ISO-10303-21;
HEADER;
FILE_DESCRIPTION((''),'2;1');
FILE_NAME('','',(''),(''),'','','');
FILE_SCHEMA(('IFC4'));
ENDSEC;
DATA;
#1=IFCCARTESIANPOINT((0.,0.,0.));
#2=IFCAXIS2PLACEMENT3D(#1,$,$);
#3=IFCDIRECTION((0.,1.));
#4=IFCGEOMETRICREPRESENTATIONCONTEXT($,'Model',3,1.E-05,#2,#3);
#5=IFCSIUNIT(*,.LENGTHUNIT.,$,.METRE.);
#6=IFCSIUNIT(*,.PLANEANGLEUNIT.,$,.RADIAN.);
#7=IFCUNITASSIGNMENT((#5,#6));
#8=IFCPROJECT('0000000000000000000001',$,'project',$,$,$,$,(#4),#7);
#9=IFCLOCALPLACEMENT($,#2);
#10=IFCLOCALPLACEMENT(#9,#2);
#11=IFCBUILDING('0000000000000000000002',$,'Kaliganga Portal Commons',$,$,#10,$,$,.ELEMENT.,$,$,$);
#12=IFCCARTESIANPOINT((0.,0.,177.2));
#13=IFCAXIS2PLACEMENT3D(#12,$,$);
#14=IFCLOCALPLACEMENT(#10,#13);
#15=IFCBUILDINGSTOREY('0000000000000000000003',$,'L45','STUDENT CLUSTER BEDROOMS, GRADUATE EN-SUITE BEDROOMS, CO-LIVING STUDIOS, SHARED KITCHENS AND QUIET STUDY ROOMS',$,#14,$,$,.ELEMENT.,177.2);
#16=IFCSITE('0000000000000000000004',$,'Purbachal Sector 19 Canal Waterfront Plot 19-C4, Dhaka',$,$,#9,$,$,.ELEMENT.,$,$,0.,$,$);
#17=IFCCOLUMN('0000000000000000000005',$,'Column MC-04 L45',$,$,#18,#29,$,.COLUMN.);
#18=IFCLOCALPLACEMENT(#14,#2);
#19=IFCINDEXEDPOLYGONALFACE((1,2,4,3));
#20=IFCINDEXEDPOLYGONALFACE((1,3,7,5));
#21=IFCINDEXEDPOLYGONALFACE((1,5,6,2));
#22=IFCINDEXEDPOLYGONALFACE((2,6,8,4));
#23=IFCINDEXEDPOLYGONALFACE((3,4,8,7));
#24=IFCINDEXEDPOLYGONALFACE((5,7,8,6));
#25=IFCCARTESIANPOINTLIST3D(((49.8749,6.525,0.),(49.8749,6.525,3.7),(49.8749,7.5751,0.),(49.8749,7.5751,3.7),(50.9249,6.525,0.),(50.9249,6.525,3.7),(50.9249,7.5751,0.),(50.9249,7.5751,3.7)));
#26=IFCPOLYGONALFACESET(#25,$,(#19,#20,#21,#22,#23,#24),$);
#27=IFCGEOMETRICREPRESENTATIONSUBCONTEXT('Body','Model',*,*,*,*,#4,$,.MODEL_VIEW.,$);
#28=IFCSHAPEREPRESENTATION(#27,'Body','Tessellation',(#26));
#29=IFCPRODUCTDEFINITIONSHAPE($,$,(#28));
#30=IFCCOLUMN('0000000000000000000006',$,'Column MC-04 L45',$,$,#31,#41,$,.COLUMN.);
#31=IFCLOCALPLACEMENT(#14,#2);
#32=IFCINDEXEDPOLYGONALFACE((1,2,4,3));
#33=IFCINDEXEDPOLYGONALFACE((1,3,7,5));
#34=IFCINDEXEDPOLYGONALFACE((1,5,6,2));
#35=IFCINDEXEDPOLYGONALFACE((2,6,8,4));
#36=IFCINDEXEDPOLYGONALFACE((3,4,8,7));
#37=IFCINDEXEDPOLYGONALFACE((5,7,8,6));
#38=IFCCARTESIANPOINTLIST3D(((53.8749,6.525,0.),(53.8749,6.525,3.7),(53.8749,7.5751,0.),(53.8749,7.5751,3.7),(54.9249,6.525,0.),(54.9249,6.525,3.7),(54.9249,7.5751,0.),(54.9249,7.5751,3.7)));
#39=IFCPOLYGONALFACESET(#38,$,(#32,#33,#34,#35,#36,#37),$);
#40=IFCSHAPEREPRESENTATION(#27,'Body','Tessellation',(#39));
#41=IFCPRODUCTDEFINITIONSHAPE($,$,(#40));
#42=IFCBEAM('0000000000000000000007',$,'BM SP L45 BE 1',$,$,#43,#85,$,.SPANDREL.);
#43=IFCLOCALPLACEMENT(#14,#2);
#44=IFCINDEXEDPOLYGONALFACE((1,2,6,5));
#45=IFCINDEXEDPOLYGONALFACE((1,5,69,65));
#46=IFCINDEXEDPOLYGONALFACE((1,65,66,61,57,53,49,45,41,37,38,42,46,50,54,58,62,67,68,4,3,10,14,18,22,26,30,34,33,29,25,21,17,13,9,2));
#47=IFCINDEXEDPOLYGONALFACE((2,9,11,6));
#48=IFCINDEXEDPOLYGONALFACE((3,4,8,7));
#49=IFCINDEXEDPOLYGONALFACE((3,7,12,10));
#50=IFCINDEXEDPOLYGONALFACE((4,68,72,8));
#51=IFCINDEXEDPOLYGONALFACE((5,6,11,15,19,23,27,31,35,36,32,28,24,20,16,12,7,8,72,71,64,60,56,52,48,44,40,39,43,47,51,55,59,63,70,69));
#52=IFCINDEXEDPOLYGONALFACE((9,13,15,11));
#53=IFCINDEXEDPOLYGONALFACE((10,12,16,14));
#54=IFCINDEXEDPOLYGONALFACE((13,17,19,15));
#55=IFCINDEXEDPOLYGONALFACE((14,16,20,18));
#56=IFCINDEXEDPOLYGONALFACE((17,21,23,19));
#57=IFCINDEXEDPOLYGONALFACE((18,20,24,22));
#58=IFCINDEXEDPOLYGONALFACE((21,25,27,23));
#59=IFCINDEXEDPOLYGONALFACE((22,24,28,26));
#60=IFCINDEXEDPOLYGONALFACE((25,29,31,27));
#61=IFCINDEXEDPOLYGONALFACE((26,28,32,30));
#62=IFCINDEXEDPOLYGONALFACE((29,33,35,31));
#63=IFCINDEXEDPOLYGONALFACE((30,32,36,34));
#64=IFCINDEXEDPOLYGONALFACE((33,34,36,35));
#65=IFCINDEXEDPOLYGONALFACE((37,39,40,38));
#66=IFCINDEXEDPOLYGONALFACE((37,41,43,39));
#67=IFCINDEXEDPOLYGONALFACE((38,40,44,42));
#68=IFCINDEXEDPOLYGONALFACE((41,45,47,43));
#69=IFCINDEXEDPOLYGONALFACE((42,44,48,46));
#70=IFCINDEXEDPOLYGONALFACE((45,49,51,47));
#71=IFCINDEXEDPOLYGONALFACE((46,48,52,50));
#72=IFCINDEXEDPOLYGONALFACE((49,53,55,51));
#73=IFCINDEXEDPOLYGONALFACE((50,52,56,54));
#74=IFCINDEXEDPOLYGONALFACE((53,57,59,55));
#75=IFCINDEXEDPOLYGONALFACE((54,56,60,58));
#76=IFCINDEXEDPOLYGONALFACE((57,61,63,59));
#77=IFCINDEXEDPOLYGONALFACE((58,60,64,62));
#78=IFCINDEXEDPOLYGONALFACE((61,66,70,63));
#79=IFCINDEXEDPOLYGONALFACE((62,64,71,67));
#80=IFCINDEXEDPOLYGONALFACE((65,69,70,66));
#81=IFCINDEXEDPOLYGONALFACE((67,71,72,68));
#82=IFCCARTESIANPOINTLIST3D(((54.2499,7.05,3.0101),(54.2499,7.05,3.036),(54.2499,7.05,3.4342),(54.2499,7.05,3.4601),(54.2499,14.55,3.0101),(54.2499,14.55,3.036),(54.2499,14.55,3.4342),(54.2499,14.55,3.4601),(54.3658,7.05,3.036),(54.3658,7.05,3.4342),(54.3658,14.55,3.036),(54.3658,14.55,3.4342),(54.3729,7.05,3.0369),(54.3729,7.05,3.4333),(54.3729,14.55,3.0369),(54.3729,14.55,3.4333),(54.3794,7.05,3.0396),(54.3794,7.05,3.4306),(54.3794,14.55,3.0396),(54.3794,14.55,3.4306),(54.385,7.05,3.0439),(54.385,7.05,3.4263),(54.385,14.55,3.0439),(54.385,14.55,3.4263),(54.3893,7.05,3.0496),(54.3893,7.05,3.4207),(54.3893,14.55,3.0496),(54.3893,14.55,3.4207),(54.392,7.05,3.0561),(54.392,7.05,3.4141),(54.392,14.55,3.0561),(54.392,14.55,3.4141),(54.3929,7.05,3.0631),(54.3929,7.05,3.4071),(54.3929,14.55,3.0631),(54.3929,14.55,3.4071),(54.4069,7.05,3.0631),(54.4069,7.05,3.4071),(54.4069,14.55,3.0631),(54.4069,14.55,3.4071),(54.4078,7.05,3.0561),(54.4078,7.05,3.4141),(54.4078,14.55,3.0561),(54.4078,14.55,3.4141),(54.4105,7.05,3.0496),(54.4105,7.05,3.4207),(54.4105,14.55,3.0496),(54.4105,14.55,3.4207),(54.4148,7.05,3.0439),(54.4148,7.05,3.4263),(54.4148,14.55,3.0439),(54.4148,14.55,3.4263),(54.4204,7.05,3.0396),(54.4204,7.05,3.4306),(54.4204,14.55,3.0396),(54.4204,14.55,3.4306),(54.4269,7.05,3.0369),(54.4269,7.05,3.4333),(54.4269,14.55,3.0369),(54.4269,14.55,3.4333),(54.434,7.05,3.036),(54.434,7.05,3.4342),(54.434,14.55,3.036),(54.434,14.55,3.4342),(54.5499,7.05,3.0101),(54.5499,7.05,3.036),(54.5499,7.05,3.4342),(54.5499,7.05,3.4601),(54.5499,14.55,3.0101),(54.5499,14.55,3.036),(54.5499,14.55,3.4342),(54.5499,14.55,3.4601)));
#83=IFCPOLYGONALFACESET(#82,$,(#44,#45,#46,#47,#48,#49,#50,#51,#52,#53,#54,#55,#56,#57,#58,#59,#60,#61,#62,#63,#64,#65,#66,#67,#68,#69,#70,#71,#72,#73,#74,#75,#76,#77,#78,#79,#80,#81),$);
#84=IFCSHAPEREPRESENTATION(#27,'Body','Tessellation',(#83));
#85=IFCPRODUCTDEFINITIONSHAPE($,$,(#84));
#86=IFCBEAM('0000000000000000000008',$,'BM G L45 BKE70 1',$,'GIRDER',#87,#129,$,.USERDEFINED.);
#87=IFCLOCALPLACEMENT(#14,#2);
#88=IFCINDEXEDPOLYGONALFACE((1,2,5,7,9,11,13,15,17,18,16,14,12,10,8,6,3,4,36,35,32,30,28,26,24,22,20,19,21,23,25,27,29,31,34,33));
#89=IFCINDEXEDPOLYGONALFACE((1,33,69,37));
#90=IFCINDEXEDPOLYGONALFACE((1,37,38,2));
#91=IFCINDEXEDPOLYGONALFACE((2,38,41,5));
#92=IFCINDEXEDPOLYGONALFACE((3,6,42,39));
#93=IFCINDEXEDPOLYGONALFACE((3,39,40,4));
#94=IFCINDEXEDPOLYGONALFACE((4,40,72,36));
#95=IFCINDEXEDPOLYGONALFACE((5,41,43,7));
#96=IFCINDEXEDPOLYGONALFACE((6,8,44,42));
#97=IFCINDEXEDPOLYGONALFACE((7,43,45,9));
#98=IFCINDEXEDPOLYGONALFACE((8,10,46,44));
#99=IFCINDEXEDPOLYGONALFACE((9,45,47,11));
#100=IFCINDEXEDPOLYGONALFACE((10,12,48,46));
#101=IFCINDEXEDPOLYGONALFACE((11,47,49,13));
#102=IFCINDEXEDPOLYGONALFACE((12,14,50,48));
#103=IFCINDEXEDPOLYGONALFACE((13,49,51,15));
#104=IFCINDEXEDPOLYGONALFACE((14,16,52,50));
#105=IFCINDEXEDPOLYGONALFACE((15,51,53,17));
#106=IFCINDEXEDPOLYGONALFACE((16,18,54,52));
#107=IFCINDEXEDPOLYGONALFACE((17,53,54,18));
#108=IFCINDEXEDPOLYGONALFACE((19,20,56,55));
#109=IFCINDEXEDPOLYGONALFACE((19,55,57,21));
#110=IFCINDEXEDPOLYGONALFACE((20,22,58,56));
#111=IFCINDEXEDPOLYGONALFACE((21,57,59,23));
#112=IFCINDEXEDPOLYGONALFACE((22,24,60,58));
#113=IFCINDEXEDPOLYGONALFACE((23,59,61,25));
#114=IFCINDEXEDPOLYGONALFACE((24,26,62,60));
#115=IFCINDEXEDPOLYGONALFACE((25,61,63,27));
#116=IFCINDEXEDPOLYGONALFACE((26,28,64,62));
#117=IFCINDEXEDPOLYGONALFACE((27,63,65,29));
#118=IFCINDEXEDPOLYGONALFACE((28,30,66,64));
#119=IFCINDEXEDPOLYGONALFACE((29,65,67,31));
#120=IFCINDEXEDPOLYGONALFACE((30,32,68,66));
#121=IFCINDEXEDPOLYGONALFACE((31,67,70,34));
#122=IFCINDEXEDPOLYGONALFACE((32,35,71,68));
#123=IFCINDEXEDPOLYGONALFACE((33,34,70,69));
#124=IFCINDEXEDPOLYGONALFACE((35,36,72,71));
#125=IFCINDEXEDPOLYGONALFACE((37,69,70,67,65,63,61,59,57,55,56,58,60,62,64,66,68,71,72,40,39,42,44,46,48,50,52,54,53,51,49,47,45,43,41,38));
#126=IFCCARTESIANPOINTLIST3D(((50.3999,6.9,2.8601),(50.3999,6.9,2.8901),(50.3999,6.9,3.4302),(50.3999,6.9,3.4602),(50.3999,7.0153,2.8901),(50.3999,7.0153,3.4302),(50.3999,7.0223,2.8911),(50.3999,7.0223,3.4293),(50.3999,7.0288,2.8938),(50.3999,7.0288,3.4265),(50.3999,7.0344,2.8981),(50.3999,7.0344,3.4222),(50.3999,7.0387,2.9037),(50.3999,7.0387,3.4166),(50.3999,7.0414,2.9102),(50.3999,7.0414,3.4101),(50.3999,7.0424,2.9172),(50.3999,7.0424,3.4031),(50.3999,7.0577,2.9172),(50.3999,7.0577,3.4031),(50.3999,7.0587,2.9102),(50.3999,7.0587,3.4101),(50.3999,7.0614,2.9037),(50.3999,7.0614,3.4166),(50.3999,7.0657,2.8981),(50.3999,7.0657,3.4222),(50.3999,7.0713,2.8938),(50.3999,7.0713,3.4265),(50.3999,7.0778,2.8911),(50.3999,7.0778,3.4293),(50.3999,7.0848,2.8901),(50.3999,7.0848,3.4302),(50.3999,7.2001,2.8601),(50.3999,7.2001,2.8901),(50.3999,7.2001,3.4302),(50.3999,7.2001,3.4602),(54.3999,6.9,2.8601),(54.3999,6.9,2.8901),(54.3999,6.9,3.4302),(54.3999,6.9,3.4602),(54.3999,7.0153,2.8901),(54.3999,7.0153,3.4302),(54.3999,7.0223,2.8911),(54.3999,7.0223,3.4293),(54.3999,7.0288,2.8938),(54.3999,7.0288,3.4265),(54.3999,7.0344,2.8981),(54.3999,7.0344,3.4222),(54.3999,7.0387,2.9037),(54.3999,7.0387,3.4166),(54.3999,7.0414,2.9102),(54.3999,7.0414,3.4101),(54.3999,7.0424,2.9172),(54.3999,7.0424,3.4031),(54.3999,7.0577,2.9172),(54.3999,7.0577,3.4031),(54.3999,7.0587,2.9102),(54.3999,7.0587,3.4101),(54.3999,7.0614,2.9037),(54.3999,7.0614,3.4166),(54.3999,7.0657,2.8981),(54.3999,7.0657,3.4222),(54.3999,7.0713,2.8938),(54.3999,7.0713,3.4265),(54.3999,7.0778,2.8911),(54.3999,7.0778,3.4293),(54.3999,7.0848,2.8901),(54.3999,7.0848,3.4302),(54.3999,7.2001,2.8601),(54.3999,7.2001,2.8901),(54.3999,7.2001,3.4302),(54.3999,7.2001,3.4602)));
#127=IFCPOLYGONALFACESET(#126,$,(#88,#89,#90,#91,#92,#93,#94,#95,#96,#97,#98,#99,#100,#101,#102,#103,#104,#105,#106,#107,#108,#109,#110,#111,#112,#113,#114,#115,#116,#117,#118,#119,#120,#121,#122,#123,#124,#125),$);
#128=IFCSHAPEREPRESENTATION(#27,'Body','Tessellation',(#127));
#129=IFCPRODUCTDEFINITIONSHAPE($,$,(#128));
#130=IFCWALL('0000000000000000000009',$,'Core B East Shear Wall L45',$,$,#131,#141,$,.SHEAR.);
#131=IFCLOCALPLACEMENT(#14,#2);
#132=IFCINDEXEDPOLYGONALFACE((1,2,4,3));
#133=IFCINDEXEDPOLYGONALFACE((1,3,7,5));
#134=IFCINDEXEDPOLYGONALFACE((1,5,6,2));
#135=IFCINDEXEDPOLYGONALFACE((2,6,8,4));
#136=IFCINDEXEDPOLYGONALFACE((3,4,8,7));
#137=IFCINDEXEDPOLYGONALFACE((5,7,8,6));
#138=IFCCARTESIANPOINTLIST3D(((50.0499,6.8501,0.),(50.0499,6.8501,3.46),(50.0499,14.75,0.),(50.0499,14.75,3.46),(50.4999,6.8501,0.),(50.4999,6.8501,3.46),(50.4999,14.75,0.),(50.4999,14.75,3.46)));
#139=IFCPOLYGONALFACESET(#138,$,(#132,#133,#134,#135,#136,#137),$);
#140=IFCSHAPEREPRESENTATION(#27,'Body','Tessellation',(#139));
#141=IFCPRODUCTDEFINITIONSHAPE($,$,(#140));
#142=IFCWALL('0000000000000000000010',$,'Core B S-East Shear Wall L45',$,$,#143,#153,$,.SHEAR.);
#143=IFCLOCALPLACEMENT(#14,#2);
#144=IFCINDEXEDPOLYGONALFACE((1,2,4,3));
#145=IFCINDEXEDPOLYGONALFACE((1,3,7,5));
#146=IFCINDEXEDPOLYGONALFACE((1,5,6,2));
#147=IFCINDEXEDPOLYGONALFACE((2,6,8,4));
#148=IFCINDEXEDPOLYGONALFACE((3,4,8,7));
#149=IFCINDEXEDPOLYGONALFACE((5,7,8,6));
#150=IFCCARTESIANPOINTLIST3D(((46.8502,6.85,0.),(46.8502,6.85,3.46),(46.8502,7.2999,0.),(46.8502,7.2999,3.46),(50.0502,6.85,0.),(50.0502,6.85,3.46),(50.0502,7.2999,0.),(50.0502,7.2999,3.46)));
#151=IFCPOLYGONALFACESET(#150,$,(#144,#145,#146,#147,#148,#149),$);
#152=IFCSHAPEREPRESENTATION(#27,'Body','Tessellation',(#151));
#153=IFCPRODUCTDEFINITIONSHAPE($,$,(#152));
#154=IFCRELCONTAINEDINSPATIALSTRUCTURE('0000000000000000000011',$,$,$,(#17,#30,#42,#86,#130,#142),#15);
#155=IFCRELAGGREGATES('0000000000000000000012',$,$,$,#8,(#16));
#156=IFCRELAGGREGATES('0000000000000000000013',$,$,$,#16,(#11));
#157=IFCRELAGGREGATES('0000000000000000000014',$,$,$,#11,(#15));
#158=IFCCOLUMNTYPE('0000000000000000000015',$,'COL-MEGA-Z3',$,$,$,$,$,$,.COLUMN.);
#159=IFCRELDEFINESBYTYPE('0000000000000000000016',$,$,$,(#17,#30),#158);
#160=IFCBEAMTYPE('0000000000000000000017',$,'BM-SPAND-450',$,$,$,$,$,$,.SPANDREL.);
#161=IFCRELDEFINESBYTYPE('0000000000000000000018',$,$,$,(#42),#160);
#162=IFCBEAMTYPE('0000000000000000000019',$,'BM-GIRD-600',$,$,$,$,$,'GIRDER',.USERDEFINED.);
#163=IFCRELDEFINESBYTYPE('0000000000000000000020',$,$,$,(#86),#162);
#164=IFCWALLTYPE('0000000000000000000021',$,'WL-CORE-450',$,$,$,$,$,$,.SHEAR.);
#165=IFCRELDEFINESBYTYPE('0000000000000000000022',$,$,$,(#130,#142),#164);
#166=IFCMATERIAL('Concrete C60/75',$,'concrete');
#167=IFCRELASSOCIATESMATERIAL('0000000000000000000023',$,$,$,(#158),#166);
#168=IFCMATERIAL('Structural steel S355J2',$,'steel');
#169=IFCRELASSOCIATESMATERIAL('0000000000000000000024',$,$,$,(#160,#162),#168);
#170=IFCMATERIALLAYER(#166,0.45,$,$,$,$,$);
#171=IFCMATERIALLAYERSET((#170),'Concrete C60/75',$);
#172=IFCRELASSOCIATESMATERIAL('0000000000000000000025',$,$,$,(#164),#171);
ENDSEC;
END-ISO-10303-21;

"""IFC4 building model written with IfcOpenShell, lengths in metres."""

from ifc_helpers import new_model, si_unit, direction, frame, frame_2d, origin, origin_2d, place, context, subcontext, project, spatial, rectangle, i_section, extrude, source, transform, mapped, material, layer, layer_set, material_profile, profile_set, type_object, element, save


model = new_model("IFC4")

# Units and contexts
model_context = context("Model", 3, precision=1e-05, world=origin(), true_north=direction((0.0, 1.0)))
body_context = subcontext(model_context, "Body", "Model", "MODEL_VIEW")
ifc_project = project(units=[si_unit("LENGTHUNIT", "METRE"), si_unit("PLANEANGLEUNIT", "RADIAN")], contexts=[model_context])

# Site, building, storey
site_placement = place(None, origin())
site = spatial("IfcSite", under=ifc_project, at=site_placement, Name="Purbachal Sector 19 Canal Waterfront Plot 19-C4, Dhaka", CompositionType="ELEMENT", RefElevation=0.0)
building_placement = place(site_placement, origin())
building = spatial("IfcBuilding", under=site, at=building_placement, Name="Kaliganga Portal Commons", CompositionType="ELEMENT")
storey_placement = place(building_placement, frame((0.0, 0.0, 177.2)))
storey = spatial("IfcBuildingStorey", under=building, at=storey_placement, Name="L45", Description="STUDENT CLUSTER BEDROOMS, GRADUATE EN-SUITE BEDROOMS, CO-LIVING STUDIOS, SHARED KITCHENS AND QUIET STUDY ROOMS", CompositionType="ELEMENT", Elevation=177.2)

# Columns
ifc_material_1 = material(Name="Concrete C60/75", Category="concrete")
ifc_material_profile_1 = material_profile(ifc_material_1, rectangle(XDim=1.05, YDim=1.05, at=origin_2d()), Name="RC 1050x1050")
ifc_profile_set_1 = profile_set([ifc_material_profile_1], Name="Concrete C60/75")
column_type = type_object("IfcColumnType", Name="COL-MEGA-Z3", PredefinedType="COLUMN", material=ifc_profile_set_1)
shared_shape_1 = source(origin(), body_context, "Body", "SweptSolid", [
    extrude(rectangle(XDim=1.05, YDim=1.05, at=origin_2d()), origin(), (0.0, 0.0, 1.0), 3.7),
])
for number, where, z_axis, x_axis, name in (
    (1, (50.3999, 7.05, 0.0), (0.0, 0.0, 1.0), (1.0, 0.0, 0.0), "Column MC-04 L45"),
    (2, (54.3999, 7.05, 0.0), (0.0, 0.0, 1.0), (1.0, 0.0, 0.0), "Column MC-04 L45"),
):
    element("IfcColumn", number, at=place(storey_placement, frame(where, z_axis=z_axis, x_axis=x_axis)), inside=storey, type_object=column_type, Name=name, PredefinedType="COLUMN", context=body_context, shape_type="MappedRepresentation", body=[
        mapped(shared_shape_1, transform((0.0, 0.0, 0.0), x_axis=(1.0, 0.0, 0.0), y_axis=(0.0, 1.0, 0.0), z_axis=(0.0, 0.0, 1.0), scale=1.0)),
    ])

# Beams
ifc_material_2 = material(Name="Structural steel S355J2", Category="steel")
ifc_material_profile_2 = material_profile(ifc_material_2, i_section(OverallWidth=0.3, OverallDepth=0.45, WebThickness=0.0139, FlangeThickness=0.0259, FilletRadius=0.0271, at=origin_2d()), Name="HE 450 B")
ifc_profile_set_2 = profile_set([ifc_material_profile_2], Name="Structural steel S355J2 wide-flange")
beam_type_1 = type_object("IfcBeamType", Name="BM-SPAND-450", PredefinedType="SPANDREL", material=ifc_profile_set_2)
shared_shape_2 = source(origin(), body_context, "Body", "SweptSolid", [
    extrude(i_section(OverallWidth=0.3, OverallDepth=0.45, WebThickness=0.0139, FlangeThickness=0.0259, FilletRadius=0.0271, at=origin_2d()), origin(), (0.0, 0.0, 1.0), 7.5),
])
beam_1_placement = place(storey_placement, frame((54.3999, 7.05, 3.2351), z_axis=(0.0, 1.0, 0.0), x_axis=(-1.0, 0.0, 0.0)))
element("IfcBeam", 3, at=beam_1_placement, inside=storey, type_object=beam_type_1, Name="BM SP L45 BE 1", PredefinedType="SPANDREL", context=body_context, shape_type="MappedRepresentation", body=[
    mapped(shared_shape_2, transform((0.0, 0.0, 0.0), x_axis=(1.0, 0.0, 0.0), y_axis=(0.0, 1.0, 0.0), z_axis=(0.0, 0.0, 1.0), scale=1.0)),
])
ifc_material_profile_3 = material_profile(ifc_material_2, i_section(OverallWidth=0.3, OverallDepth=0.6001, WebThickness=0.0154, FlangeThickness=0.03, FilletRadius=0.0271, at=origin_2d()), Name="HE 600 B")
ifc_profile_set_3 = profile_set([ifc_material_profile_3], Name="Structural steel S355J2 wide-flange")
beam_type_2 = type_object("IfcBeamType", Name="BM-GIRD-600", ElementType="GIRDER", PredefinedType="USERDEFINED", material=ifc_profile_set_3)
shared_shape_3 = source(origin(), body_context, "Body", "SweptSolid", [
    extrude(i_section(OverallWidth=0.3, OverallDepth=0.6001, WebThickness=0.0154, FlangeThickness=0.03, FilletRadius=0.0271, at=origin_2d()), origin(), (0.0, 0.0, 1.0), 4.0),
])
beam_2_placement = place(storey_placement, frame((50.3999, 7.05, 3.1602), z_axis=(1.0, 0.0, 0.0), x_axis=(0.0, 1.0, 0.0)))
element("IfcBeam", 4, at=beam_2_placement, inside=storey, type_object=beam_type_2, Name="BM G L45 BKE70 1", ObjectType="GIRDER", PredefinedType="USERDEFINED", context=body_context, shape_type="MappedRepresentation", body=[
    mapped(shared_shape_3, transform((0.0, 0.0, 0.0), x_axis=(1.0, 0.0, 0.0), y_axis=(0.0, 1.0, 0.0), z_axis=(0.0, 0.0, 1.0), scale=1.0)),
])

# Walls
ifc_layer_1 = layer(ifc_material_1, 0.45)
ifc_layer_set_1 = layer_set([ifc_layer_1], Name="Concrete C60/75")
wall_type_1 = type_object("IfcWallType", Name="WL-CORE-450", PredefinedType="SHEAR", material=ifc_layer_set_1)
wall_1_placement = place(storey_placement, frame((50.2749, 6.8501, 0.0), z_axis=(0.0, 0.0, 1.0), x_axis=(0.0, 1.0, 0.0)))
element("IfcWall", 5, at=wall_1_placement, inside=storey, type_object=wall_type_1, Name="Core B East Shear Wall L45", PredefinedType="SHEAR", context=body_context, shape_type="SweptSolid", body=[
    extrude(rectangle(XDim=7.8999, YDim=0.45, at=frame_2d((3.95, 0.0))), origin(), (0.0, 0.0, 1.0), 3.46),
])
wall_2_placement = place(storey_placement, frame((46.8501, 7.075, 0.0), z_axis=(0.0, 0.0, 1.0), x_axis=(1.0, 0.0, 0.0)))
element("IfcWall", 6, at=wall_2_placement, inside=storey, type_object=wall_type_1, Name="Core B S-East Shear Wall L45", PredefinedType="SHEAR", context=body_context, shape_type="SweptSolid", body=[
    extrude(rectangle(XDim=3.2, YDim=0.45, at=frame_2d((1.6001, 0.0))), origin(), (0.0, 0.0, 1.0), 3.46),
])

save(model, "model.ifc")
